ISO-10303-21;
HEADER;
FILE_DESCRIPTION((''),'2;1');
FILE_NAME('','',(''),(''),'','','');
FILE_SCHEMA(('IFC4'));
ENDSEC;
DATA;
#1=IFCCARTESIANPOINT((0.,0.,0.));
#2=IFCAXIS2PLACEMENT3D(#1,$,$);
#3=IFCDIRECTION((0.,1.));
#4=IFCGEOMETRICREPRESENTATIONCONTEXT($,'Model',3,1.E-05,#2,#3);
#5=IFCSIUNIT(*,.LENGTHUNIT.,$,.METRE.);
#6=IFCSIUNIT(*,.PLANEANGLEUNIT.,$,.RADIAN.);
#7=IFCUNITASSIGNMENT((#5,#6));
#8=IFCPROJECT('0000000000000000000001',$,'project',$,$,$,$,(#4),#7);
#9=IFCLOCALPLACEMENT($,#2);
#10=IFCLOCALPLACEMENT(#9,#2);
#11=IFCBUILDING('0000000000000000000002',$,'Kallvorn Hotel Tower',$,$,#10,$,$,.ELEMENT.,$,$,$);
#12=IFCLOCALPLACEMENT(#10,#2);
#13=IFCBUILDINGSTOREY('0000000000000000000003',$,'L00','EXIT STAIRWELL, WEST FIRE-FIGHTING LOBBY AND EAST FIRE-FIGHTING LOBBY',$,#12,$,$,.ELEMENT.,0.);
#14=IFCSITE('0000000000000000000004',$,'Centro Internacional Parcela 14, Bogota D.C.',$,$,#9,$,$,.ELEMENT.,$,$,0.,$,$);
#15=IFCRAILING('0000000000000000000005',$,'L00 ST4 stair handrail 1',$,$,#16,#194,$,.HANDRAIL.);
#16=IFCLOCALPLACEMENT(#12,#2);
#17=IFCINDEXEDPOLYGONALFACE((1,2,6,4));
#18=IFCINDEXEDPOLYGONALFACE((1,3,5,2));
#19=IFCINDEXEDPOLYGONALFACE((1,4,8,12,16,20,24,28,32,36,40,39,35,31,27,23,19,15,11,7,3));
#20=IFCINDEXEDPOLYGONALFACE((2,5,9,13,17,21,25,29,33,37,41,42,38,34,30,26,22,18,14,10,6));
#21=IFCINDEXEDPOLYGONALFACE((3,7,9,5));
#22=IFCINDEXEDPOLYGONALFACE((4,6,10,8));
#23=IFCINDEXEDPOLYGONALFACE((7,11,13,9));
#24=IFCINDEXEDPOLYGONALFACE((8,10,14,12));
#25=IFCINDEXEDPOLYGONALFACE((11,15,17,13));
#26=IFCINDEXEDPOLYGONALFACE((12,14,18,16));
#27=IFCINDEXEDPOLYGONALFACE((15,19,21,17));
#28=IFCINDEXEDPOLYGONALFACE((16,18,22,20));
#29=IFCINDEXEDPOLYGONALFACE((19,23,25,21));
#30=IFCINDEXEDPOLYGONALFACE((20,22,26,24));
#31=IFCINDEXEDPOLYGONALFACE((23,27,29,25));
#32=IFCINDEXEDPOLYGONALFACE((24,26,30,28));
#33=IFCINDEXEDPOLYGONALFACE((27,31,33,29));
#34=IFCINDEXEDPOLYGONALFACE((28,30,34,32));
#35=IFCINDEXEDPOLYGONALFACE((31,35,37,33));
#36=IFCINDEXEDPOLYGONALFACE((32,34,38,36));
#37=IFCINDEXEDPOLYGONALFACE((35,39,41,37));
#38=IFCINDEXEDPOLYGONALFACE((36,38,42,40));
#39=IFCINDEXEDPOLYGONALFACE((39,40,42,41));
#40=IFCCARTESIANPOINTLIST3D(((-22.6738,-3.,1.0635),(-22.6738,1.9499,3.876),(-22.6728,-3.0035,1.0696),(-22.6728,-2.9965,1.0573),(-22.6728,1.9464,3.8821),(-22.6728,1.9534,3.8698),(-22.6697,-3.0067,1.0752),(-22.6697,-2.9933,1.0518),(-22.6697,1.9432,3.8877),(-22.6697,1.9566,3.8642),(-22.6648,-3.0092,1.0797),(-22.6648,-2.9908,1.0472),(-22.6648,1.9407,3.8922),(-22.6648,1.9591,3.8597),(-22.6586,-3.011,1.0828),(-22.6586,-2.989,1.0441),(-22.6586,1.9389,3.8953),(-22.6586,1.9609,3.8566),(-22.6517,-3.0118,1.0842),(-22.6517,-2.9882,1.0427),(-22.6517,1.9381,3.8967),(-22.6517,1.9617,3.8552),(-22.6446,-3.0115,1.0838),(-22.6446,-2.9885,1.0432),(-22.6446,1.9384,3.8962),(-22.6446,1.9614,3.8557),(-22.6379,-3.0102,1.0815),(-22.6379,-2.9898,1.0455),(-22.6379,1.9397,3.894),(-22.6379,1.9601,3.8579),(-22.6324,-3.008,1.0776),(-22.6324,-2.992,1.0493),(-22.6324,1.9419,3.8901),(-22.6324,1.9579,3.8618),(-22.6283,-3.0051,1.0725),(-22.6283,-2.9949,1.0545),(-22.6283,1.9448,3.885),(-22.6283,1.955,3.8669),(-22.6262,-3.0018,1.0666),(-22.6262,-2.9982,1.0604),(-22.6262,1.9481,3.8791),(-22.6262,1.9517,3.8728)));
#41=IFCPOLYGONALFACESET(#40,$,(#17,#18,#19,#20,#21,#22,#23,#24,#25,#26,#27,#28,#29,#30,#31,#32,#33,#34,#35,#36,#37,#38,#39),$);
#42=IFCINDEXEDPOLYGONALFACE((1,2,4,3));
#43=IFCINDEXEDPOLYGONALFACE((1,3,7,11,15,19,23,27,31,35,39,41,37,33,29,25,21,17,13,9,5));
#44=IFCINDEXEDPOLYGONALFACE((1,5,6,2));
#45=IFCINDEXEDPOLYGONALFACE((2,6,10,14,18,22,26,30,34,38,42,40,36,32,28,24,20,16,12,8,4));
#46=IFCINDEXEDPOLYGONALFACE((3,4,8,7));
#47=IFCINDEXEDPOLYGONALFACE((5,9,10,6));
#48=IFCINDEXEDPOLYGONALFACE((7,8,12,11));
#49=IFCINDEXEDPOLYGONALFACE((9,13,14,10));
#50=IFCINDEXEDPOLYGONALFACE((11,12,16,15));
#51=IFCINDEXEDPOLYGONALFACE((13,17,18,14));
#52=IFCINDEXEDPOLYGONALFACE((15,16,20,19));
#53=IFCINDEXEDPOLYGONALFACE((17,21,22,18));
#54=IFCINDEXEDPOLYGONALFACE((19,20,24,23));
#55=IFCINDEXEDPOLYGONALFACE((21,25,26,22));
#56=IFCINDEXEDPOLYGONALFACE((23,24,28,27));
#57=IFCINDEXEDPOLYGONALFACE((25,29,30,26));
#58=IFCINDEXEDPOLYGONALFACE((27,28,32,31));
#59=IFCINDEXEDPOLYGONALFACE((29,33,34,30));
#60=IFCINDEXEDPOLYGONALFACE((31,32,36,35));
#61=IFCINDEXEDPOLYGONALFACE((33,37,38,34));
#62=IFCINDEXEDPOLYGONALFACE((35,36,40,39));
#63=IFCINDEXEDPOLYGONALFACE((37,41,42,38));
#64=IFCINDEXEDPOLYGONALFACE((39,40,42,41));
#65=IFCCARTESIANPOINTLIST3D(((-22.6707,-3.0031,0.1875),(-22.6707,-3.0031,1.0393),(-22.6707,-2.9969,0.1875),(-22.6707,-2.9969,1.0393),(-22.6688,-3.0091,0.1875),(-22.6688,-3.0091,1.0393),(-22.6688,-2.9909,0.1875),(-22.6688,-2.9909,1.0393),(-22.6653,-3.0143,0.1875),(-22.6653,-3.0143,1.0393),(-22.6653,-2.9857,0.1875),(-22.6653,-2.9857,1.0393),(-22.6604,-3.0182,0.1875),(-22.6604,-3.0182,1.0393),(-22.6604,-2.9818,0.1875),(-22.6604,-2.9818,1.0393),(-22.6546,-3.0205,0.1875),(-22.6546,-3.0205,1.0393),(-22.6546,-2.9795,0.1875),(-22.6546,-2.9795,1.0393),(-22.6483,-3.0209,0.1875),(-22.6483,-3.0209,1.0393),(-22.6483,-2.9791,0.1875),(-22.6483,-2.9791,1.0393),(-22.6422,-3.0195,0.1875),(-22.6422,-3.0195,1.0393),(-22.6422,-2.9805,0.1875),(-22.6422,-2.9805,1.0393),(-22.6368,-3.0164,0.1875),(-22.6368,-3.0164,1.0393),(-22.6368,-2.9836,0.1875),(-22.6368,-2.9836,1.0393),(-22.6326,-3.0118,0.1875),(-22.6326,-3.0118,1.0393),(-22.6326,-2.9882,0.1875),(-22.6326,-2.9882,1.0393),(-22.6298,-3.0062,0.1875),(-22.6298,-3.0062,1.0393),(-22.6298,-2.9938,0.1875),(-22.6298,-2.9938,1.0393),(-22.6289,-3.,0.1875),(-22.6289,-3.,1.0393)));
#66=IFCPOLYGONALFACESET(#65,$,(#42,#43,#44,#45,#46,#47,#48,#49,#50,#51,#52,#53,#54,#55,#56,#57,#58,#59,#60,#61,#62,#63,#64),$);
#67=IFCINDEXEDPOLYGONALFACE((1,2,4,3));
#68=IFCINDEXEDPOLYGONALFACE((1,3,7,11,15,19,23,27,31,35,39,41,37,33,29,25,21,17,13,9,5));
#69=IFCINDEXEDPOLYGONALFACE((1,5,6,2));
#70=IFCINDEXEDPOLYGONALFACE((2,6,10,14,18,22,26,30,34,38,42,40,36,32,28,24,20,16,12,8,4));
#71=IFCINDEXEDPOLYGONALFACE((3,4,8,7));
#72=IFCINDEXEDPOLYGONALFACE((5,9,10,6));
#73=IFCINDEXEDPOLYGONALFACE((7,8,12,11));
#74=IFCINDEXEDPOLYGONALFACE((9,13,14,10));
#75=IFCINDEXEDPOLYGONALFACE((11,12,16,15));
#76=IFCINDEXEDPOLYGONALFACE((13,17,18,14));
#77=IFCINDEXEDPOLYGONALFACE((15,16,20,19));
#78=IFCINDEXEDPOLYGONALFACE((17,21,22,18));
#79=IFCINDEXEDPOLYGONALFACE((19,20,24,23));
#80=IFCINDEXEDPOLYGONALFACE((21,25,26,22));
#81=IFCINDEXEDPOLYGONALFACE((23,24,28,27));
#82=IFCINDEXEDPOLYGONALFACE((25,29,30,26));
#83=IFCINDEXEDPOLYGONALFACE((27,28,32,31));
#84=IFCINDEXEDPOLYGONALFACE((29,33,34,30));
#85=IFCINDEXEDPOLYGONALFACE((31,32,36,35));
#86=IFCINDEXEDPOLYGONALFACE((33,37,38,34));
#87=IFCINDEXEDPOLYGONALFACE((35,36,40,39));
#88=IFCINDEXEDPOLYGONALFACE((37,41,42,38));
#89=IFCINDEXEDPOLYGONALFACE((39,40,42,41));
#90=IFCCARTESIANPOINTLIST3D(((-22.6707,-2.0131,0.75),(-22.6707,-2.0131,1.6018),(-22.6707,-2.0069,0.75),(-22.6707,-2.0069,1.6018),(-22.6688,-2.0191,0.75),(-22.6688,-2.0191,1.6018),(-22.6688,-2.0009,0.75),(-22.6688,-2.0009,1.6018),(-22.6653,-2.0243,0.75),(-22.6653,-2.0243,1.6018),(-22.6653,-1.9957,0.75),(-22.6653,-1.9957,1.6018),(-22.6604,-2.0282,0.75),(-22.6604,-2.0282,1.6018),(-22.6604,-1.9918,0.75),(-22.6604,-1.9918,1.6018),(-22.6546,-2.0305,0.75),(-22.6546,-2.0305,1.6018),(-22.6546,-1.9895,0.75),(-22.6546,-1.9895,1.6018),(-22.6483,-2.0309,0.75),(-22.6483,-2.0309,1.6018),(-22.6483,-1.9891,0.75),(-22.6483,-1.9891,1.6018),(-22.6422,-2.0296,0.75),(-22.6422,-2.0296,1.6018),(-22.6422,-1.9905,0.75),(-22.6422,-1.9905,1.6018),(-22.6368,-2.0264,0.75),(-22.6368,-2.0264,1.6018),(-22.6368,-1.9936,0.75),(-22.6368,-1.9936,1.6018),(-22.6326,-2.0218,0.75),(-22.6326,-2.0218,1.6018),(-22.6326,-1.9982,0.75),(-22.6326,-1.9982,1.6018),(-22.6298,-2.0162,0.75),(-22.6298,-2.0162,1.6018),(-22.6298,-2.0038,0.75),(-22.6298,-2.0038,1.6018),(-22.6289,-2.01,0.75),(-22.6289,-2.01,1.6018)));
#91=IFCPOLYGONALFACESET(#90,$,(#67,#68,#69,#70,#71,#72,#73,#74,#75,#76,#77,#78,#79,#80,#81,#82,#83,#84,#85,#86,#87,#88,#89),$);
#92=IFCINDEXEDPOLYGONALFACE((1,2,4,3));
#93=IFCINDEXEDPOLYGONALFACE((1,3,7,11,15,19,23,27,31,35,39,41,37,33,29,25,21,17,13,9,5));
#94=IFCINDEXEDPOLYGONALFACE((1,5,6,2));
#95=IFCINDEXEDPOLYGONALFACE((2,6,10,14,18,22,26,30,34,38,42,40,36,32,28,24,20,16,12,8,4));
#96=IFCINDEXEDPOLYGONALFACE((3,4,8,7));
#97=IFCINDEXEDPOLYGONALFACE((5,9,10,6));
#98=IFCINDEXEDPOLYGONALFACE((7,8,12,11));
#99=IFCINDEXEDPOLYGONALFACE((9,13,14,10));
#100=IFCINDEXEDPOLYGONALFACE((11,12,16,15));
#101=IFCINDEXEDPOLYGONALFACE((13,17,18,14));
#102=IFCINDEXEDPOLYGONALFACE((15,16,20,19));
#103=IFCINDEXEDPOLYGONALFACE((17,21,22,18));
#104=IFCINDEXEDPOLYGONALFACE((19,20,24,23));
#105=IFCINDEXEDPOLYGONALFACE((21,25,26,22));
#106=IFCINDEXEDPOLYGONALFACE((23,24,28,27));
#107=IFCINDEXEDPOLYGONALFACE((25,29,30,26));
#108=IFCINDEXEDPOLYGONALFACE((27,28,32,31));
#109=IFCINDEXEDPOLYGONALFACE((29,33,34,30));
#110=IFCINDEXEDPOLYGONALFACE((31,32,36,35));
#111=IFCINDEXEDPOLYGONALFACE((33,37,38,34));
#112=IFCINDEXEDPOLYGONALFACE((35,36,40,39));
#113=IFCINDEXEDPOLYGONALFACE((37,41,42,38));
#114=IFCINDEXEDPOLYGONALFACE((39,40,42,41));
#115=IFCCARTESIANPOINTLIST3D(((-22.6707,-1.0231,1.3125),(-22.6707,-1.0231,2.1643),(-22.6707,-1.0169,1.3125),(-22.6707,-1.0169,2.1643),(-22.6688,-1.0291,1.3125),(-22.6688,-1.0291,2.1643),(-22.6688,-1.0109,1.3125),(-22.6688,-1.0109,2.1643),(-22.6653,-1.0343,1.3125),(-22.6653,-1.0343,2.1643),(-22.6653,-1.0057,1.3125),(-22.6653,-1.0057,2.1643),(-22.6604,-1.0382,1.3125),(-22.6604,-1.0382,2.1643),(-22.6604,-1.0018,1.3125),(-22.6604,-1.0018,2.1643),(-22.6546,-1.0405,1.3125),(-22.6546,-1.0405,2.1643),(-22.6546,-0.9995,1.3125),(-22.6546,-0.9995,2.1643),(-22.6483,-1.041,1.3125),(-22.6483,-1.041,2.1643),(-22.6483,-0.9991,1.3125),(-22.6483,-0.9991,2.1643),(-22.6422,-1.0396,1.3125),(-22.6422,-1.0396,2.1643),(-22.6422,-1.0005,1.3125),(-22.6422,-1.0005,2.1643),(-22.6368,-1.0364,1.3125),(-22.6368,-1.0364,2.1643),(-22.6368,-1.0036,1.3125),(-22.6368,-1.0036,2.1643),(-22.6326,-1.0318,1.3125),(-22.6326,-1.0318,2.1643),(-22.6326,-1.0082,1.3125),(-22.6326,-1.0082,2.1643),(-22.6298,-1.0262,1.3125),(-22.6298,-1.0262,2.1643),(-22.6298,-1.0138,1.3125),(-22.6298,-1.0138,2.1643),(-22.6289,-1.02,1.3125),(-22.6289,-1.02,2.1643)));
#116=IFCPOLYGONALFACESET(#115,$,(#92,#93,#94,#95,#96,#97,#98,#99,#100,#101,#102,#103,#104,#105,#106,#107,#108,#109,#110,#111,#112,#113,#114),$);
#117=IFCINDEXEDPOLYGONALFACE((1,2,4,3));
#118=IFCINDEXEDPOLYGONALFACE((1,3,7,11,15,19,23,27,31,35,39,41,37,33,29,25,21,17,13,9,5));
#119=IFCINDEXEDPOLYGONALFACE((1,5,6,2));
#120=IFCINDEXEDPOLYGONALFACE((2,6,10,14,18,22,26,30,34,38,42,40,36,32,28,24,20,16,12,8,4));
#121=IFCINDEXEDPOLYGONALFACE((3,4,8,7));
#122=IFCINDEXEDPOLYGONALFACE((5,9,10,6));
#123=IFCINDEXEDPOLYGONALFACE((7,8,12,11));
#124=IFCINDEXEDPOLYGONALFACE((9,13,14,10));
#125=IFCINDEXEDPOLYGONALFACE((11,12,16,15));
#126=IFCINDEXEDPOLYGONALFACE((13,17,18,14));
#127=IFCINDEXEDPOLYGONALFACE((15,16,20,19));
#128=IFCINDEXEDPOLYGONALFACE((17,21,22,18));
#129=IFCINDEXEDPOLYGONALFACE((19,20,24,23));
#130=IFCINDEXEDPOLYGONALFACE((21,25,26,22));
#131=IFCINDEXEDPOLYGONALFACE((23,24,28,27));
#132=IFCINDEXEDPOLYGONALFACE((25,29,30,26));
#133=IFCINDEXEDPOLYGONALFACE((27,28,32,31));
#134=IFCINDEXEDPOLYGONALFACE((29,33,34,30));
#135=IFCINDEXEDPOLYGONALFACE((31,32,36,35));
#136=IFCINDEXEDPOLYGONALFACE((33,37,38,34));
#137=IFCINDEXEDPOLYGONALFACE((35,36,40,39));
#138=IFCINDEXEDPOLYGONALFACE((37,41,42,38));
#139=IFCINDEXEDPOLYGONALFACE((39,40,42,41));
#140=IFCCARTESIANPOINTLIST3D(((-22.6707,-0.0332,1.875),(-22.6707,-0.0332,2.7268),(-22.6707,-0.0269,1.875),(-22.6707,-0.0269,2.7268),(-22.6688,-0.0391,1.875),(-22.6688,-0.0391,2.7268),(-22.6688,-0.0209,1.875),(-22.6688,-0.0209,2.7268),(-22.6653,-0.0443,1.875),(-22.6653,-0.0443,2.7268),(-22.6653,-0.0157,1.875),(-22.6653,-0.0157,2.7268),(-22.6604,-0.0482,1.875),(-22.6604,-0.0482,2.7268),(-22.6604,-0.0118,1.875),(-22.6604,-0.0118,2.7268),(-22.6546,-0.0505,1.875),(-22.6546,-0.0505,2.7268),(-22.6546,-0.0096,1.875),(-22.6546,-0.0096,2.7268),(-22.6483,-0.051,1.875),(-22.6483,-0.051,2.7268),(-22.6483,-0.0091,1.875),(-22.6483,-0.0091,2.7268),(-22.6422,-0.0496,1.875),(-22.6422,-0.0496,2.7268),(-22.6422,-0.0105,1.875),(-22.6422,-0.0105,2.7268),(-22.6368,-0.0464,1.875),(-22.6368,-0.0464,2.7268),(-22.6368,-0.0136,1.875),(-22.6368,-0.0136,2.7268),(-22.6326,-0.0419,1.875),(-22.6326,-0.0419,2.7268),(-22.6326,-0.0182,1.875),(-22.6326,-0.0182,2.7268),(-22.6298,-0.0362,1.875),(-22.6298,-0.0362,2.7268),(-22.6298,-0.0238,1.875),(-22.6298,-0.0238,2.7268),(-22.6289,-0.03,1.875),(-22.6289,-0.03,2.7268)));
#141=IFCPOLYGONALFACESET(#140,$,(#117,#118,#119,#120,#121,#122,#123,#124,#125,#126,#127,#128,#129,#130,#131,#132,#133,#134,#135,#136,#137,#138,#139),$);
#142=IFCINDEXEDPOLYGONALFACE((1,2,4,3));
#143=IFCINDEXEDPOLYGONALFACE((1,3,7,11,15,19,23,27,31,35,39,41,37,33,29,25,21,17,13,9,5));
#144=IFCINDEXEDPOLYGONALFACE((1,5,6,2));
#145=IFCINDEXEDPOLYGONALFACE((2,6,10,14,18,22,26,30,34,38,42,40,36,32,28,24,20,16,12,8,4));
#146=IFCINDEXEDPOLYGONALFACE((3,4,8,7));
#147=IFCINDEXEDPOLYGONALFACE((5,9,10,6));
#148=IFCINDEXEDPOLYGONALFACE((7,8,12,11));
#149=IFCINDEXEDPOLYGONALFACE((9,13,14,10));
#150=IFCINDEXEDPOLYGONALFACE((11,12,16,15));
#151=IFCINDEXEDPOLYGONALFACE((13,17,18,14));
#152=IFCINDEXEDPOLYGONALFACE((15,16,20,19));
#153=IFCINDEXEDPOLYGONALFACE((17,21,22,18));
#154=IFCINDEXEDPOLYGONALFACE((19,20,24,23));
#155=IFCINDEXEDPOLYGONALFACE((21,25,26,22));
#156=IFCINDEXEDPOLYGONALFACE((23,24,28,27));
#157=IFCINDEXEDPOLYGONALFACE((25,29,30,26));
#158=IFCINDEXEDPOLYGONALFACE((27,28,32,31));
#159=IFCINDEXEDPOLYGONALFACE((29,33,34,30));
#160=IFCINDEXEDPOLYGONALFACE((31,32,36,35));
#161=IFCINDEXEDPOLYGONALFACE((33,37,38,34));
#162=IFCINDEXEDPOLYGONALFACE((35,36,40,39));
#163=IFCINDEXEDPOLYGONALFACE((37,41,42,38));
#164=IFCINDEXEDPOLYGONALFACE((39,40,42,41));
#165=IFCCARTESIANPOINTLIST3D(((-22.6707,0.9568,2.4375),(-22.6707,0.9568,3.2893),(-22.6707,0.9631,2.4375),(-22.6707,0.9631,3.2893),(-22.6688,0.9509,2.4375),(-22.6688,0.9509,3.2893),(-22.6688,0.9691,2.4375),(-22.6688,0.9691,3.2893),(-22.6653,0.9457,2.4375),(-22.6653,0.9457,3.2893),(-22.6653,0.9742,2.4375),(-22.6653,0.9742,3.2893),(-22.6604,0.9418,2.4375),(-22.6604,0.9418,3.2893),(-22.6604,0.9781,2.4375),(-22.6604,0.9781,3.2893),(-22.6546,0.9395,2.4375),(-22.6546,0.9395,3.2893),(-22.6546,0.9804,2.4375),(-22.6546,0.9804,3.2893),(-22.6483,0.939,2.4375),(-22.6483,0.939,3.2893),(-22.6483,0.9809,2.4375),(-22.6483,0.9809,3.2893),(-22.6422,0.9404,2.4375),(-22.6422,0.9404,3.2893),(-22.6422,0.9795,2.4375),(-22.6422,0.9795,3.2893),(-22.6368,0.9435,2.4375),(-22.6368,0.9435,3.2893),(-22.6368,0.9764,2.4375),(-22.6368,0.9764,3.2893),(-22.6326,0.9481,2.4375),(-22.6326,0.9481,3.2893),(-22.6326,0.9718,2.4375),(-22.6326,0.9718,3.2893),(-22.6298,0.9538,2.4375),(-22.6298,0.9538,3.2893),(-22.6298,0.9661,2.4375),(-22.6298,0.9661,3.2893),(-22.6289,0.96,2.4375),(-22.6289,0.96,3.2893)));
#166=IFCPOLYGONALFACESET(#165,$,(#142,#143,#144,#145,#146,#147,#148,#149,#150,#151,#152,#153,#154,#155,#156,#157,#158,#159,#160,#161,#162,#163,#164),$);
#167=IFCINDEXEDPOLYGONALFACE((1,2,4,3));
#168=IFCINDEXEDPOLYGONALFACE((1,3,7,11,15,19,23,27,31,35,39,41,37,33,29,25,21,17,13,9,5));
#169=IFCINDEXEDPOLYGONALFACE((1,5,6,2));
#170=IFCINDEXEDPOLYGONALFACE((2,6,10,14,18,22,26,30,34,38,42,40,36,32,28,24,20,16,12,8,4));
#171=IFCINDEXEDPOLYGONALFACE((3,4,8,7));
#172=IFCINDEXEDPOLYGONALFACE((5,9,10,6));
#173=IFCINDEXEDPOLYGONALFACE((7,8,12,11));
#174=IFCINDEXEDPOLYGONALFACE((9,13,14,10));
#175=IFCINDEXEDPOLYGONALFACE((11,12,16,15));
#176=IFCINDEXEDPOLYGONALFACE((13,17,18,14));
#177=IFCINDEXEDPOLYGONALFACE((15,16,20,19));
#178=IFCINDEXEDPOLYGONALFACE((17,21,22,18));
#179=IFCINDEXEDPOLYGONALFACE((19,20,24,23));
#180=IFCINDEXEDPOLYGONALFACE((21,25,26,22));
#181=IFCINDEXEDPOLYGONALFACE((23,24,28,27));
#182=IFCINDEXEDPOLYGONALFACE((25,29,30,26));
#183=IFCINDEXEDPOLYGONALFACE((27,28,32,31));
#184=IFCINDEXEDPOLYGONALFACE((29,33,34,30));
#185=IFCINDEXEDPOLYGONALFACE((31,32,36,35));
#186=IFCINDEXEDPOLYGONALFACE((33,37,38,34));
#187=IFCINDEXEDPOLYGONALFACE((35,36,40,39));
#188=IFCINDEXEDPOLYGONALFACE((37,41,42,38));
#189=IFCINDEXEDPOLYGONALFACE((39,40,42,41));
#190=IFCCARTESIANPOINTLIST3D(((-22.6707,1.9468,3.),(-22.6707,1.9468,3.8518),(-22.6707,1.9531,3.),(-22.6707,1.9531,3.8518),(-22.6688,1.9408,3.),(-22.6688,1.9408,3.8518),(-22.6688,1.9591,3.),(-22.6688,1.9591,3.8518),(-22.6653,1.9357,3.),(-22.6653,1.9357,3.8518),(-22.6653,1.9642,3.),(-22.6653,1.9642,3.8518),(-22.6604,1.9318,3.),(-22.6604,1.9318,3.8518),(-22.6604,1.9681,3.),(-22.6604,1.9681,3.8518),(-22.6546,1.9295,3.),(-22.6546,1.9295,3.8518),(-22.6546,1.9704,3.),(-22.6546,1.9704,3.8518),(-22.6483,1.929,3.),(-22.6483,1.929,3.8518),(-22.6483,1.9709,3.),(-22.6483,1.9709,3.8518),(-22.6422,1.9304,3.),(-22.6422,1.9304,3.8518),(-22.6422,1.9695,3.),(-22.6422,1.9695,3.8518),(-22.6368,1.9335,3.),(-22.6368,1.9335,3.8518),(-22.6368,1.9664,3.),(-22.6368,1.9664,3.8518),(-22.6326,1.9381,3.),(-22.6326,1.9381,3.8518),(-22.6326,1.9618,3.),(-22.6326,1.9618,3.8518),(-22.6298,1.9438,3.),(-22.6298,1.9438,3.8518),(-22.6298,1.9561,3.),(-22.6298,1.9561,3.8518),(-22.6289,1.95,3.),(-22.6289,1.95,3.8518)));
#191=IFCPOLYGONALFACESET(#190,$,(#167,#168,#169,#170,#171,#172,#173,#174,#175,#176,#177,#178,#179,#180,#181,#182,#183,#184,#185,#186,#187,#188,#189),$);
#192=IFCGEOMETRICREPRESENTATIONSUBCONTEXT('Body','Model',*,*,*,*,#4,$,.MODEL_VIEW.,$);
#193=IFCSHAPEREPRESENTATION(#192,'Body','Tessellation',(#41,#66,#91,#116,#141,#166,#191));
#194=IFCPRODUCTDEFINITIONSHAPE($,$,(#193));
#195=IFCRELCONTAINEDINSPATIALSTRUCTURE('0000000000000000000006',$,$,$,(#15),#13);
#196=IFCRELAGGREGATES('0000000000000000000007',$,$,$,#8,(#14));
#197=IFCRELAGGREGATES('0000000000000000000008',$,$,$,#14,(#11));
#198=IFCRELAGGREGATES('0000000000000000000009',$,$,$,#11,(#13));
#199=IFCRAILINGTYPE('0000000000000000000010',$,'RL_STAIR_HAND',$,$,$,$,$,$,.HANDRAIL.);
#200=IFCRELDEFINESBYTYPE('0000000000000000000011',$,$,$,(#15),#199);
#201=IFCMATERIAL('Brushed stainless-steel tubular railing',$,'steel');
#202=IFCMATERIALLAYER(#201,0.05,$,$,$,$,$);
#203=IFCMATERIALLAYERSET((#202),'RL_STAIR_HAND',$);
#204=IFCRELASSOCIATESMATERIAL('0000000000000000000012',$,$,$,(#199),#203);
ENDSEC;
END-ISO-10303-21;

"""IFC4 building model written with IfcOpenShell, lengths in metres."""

from ifc_helpers import new_model, si_unit, direction, frame, origin, origin_2d, place, context, subcontext, project, spatial, circle, extrude, material, layer, layer_set, type_object, element, save


model = new_model("IFC4")

# Units and contexts
model_context = context("Model", 3, precision=1e-05, world=origin(), true_north=direction((0.0, 1.0)))
body_context = subcontext(model_context, "Body", "Model", "MODEL_VIEW")
ifc_project = project(units=[si_unit("LENGTHUNIT", "METRE"), si_unit("PLANEANGLEUNIT", "RADIAN")], contexts=[model_context])

# Site, building, storey
site_placement = place(None, origin())
site = spatial("IfcSite", under=ifc_project, at=site_placement, Name="Centro Internacional Parcela 14, Bogota D.C.", CompositionType="ELEMENT", RefElevation=0.0)
building_placement = place(site_placement, origin())
building = spatial("IfcBuilding", under=site, at=building_placement, Name="Kallvorn Hotel Tower", CompositionType="ELEMENT")
storey_placement = place(building_placement, origin())
storey = spatial("IfcBuildingStorey", under=building, at=storey_placement, Name="L00", Description="EXIT STAIRWELL, WEST FIRE-FIGHTING LOBBY AND EAST FIRE-FIGHTING LOBBY", CompositionType="ELEMENT", Elevation=0.0)

# Railing
ifc_material_1 = material(Name="Brushed stainless-steel tubular railing", Category="steel")
ifc_layer_1 = layer(ifc_material_1, 0.05)
ifc_layer_set_1 = layer_set([ifc_layer_1], Name="RL_STAIR_HAND")
railing_type_1 = type_object("IfcRailingType", Name="RL_STAIR_HAND", PredefinedType="HANDRAIL", material=ifc_layer_set_1)
railing_1_placement = place(storey_placement, frame((-22.6499, -3.0, 0.1875)))
element("IfcRailing", 1, at=railing_1_placement, inside=storey, type_object=railing_type_1, Name="L00 ST4 stair handrail 1", PredefinedType="HANDRAIL", context=body_context, shape_type="SweptSolid", body=[
    extrude(circle(Radius=0.0239, at=origin_2d()), frame((0.0, 0.0, 0.876), z_axis=(0.0, 0.869454, 0.494013), x_axis=(-1.0, 0.0, 0.0)), (0.0, 0.0, 1.0), 5.6931),
    extrude(circle(Radius=0.021, at=origin_2d()), origin(), (0.0, 0.0, 1.0), 0.8518),
    extrude(circle(Radius=0.021, at=origin_2d()), frame((0.0, 0.99, 0.5625)), (0.0, 0.0, 1.0), 0.8518),
    extrude(circle(Radius=0.021, at=origin_2d()), frame((0.0, 1.98, 1.125)), (0.0, 0.0, 1.0), 0.8518),
    extrude(circle(Radius=0.021, at=origin_2d()), frame((0.0, 2.97, 1.6875)), (0.0, 0.0, 1.0), 0.8518),
    extrude(circle(Radius=0.021, at=origin_2d()), frame((0.0, 3.96, 2.25)), (0.0, 0.0, 1.0), 0.8518),
    extrude(circle(Radius=0.021, at=origin_2d()), frame((0.0, 4.95, 2.8125)), (0.0, 0.0, 1.0), 0.8518),
])

save(model, "model.ifc")
